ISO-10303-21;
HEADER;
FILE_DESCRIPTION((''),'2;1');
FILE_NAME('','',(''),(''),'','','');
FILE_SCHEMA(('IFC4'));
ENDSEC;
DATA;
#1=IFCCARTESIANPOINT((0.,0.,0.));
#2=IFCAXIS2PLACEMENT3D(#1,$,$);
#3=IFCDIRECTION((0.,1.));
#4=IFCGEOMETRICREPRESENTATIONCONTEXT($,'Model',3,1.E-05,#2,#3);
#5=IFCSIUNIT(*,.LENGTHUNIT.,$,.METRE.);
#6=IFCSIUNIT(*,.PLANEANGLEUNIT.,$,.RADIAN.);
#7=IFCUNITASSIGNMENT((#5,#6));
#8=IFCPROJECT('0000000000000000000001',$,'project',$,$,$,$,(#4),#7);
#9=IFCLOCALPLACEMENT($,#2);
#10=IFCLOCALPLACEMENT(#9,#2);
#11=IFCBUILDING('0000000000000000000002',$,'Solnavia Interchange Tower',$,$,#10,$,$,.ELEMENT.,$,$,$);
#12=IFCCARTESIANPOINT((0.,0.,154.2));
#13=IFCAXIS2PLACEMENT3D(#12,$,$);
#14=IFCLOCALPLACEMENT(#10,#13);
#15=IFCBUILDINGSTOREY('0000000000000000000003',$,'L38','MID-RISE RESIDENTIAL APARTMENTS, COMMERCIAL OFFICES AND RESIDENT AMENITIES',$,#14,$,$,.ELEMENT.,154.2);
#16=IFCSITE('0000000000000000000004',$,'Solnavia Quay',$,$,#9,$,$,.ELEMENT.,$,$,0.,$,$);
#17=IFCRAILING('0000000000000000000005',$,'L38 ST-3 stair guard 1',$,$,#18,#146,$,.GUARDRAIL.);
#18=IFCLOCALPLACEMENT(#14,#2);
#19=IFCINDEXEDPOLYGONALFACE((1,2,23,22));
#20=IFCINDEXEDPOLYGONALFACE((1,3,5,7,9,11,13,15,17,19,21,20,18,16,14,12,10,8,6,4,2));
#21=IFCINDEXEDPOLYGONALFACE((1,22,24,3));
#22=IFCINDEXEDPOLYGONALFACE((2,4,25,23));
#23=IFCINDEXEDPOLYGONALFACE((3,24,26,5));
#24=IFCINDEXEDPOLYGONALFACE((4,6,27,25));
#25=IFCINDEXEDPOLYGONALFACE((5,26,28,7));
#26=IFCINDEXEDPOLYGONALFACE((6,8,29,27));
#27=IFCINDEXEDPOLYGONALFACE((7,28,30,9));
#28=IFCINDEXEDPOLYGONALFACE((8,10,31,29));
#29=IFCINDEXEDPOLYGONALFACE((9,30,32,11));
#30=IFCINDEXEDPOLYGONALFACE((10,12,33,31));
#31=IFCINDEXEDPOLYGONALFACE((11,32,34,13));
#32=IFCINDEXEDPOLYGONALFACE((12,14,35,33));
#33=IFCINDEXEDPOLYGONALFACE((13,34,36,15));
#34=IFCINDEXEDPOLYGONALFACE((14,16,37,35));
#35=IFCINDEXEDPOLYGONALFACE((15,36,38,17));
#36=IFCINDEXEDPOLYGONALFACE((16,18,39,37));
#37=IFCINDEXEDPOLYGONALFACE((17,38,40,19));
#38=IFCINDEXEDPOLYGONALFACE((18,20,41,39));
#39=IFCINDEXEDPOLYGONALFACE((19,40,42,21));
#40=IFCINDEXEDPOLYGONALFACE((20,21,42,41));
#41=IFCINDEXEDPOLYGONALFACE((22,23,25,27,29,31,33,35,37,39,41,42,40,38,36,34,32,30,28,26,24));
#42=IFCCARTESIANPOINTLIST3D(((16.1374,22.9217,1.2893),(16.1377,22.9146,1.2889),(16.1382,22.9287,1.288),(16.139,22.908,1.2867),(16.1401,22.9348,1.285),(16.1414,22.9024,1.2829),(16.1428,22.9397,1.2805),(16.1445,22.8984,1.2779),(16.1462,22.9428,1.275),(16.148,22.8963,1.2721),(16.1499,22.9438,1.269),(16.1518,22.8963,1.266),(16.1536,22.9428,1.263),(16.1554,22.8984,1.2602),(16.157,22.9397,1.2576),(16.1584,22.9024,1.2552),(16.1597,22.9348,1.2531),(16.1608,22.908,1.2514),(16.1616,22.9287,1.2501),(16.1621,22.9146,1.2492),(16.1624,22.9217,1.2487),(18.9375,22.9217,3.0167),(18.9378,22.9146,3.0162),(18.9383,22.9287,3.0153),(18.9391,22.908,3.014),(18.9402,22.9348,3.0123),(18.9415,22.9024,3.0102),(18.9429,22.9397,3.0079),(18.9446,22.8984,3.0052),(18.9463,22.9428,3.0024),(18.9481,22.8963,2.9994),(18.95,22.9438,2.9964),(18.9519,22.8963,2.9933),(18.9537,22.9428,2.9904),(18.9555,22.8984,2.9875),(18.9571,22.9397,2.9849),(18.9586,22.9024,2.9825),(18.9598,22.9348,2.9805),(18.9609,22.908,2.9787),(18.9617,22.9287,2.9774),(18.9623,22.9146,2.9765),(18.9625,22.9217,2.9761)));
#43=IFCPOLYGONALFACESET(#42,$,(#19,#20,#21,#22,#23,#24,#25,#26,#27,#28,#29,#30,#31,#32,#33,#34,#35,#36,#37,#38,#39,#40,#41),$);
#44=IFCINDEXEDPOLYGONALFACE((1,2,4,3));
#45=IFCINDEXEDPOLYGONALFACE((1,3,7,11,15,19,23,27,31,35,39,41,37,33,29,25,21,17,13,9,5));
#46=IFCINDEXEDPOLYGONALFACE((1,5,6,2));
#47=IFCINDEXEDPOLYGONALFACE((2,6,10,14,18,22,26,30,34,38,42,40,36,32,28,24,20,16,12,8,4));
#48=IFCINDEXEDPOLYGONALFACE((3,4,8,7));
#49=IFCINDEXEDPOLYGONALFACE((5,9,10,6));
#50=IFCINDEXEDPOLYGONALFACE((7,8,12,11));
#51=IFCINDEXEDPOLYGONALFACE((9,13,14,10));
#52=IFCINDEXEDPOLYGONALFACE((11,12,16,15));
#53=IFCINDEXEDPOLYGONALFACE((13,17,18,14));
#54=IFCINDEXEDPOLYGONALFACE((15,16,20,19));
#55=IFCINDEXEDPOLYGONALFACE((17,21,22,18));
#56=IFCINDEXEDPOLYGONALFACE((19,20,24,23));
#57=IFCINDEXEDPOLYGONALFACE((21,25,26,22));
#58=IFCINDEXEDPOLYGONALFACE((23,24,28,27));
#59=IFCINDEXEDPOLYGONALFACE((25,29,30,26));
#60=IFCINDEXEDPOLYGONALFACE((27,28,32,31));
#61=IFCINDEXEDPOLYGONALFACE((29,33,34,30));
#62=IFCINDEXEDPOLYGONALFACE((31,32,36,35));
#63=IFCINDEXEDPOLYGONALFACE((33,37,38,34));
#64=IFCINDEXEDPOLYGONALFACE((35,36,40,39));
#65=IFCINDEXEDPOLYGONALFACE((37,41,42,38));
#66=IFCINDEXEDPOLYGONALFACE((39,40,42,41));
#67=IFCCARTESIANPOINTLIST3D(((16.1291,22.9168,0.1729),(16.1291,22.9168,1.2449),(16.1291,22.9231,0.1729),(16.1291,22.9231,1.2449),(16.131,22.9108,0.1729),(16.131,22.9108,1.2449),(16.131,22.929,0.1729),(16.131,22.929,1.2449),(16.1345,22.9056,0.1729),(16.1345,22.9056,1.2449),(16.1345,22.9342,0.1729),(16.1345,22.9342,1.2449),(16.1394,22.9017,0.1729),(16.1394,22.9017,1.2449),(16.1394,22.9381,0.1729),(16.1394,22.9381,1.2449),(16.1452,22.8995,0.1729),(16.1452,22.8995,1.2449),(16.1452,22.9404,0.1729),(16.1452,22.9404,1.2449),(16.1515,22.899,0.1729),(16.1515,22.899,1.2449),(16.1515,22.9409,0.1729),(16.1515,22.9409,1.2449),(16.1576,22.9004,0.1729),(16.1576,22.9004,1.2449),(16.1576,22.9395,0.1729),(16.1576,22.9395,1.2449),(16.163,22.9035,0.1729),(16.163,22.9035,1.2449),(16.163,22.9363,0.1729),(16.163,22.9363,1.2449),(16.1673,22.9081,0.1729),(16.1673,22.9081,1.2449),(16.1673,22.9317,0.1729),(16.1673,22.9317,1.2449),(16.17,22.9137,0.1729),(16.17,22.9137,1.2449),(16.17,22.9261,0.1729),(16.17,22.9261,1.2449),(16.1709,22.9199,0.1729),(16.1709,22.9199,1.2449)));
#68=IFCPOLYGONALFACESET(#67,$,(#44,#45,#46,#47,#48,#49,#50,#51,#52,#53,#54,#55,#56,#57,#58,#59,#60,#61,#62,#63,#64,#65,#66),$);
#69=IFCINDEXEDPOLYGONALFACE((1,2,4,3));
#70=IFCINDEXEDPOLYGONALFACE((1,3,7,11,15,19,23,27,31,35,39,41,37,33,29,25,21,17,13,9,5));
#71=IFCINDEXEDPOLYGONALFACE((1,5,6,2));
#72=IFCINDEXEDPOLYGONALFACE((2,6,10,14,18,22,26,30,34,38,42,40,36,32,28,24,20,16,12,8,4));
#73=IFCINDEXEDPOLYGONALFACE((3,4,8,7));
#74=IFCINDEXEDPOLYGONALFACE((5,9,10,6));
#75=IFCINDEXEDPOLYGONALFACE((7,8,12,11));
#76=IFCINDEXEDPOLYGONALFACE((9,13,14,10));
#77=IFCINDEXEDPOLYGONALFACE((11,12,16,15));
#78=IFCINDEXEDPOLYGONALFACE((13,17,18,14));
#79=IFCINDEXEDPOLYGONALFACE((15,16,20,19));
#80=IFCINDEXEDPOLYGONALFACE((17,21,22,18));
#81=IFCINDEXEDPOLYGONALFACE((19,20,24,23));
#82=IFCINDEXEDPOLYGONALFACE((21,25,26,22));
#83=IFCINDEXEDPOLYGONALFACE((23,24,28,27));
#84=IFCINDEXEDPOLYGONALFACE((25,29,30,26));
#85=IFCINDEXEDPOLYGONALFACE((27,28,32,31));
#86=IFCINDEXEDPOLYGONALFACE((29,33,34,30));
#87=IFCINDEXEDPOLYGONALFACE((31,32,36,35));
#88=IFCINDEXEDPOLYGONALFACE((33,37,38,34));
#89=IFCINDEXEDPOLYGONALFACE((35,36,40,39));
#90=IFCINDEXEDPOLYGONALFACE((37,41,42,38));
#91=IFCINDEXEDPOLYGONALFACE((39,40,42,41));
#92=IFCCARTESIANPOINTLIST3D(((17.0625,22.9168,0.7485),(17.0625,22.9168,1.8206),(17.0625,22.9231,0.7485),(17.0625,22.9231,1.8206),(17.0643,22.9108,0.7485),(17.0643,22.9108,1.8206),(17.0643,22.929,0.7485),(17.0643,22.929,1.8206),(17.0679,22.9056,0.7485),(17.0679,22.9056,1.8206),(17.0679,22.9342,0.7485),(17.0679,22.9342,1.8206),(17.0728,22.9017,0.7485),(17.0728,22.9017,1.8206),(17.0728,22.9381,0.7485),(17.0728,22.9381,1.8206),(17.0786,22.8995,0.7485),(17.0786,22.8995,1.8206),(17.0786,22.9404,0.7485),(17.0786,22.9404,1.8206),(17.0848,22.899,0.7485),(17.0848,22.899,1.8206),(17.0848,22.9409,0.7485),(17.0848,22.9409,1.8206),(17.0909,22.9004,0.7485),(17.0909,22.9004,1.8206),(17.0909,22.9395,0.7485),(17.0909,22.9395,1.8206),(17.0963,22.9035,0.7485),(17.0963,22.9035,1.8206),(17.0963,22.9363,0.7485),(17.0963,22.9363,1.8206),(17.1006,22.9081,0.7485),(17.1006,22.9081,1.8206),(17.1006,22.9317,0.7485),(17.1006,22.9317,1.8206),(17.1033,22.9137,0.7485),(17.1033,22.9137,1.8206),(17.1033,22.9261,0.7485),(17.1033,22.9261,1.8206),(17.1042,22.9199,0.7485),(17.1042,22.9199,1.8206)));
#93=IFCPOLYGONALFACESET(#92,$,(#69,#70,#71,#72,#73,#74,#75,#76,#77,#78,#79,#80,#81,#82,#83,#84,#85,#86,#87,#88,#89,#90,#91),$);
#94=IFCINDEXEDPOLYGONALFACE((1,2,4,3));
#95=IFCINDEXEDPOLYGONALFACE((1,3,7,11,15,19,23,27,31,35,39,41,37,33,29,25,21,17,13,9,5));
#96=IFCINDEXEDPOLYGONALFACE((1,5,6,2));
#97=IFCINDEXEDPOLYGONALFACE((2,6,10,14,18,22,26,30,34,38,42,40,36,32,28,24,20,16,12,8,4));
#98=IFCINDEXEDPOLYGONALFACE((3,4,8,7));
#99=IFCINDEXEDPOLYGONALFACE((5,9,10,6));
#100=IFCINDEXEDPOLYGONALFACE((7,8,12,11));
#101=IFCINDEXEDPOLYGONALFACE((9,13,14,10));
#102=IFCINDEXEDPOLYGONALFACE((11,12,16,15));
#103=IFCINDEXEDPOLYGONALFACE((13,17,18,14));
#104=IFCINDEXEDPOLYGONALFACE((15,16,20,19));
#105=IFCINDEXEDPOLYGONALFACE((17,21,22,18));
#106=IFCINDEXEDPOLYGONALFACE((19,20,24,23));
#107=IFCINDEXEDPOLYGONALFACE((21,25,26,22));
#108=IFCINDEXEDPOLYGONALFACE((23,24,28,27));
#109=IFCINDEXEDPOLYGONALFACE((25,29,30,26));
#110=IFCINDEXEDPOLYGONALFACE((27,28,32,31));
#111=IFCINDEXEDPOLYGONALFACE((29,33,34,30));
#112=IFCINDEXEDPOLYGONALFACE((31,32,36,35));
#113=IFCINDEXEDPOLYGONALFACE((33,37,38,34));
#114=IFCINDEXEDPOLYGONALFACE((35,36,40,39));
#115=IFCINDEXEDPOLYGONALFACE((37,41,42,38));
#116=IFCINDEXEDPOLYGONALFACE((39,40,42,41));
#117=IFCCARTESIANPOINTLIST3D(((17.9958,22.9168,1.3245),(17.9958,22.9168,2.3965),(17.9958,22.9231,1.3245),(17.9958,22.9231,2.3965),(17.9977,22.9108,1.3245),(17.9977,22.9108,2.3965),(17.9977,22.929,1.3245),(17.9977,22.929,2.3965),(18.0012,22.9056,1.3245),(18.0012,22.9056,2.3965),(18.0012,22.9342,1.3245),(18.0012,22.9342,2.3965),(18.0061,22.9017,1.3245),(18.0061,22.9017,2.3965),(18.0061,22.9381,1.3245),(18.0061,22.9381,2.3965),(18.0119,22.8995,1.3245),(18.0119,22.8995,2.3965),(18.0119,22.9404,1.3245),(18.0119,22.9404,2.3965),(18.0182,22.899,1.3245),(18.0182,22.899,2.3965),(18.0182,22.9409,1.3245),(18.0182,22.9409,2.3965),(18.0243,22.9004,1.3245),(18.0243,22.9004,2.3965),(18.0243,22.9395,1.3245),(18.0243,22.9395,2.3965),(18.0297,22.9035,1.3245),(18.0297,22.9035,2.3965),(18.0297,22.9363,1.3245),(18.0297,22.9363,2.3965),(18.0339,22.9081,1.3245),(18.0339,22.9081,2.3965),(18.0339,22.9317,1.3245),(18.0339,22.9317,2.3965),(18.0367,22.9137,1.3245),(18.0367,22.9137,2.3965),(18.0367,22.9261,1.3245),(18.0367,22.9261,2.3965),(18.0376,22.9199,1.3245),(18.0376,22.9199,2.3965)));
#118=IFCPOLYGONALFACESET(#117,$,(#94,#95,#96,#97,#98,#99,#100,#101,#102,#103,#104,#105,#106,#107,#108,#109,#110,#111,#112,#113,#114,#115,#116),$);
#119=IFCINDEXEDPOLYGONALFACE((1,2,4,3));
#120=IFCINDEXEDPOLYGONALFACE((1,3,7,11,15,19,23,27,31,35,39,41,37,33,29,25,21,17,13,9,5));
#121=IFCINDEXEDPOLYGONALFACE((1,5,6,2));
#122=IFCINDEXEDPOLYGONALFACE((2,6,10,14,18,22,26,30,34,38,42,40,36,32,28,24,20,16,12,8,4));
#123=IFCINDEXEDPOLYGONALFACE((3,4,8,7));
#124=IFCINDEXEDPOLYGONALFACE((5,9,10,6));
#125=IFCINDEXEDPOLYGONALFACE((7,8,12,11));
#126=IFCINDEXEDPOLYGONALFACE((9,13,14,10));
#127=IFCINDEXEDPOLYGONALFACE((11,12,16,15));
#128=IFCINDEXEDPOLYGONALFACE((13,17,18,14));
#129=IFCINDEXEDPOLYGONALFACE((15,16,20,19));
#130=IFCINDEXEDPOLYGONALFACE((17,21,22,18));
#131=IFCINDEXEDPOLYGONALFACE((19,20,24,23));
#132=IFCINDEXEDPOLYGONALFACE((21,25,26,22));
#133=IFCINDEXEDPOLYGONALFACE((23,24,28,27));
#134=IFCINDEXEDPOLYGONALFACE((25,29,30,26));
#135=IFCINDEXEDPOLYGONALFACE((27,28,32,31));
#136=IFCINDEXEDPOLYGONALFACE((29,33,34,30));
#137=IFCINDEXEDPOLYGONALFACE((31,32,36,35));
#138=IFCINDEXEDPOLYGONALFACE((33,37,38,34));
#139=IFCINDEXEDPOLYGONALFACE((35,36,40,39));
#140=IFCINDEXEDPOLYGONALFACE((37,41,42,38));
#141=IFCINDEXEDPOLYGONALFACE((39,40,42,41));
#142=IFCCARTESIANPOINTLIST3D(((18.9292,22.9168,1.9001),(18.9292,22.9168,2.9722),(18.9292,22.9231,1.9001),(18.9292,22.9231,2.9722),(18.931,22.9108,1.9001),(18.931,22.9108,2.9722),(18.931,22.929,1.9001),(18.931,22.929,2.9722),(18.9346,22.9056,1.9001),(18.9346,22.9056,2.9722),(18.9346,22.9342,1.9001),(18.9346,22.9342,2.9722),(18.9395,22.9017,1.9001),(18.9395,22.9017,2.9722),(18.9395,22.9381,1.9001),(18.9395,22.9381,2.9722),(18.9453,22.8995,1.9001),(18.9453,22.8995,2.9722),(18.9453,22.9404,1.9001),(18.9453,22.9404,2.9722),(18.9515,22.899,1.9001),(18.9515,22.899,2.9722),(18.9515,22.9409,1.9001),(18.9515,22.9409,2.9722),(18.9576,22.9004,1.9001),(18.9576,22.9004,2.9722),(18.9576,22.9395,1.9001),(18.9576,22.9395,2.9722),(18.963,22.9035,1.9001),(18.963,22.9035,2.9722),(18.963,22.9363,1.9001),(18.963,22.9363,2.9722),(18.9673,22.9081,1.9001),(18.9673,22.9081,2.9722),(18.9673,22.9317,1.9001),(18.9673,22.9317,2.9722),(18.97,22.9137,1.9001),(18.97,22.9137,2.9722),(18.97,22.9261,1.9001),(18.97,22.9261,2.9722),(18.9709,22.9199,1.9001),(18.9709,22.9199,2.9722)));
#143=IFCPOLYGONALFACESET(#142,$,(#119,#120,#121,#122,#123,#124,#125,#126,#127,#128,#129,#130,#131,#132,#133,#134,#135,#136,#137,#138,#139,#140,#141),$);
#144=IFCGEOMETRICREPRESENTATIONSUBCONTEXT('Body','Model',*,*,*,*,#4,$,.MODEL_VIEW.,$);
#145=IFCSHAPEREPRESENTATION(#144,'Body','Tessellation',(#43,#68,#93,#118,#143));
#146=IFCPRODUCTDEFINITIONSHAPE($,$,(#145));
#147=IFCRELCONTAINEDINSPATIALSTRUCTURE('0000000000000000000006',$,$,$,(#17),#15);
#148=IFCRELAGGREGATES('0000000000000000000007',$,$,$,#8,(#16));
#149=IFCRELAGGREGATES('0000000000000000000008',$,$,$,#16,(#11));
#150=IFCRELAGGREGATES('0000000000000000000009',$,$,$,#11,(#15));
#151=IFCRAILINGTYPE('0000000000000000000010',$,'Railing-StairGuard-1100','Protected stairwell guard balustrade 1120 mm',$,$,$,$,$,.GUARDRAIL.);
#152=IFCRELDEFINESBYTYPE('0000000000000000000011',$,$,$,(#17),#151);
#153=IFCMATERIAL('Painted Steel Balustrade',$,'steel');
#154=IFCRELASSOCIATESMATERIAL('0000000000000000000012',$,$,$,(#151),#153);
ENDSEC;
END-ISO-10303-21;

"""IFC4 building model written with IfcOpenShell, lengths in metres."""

from ifc_helpers import new_model, si_unit, direction, frame, origin, origin_2d, place, context, subcontext, project, spatial, circle, extrude, material, type_object, element, save


model = new_model("IFC4")

# Units and contexts
model_context = context("Model", 3, precision=1e-05, world=origin(), true_north=direction((0.0, 1.0)))
body_context = subcontext(model_context, "Body", "Model", "MODEL_VIEW")
ifc_project = project(units=[si_unit("LENGTHUNIT", "METRE"), si_unit("PLANEANGLEUNIT", "RADIAN")], contexts=[model_context])

# Site, building, storey
site_placement = place(None, origin())
site = spatial("IfcSite", under=ifc_project, at=site_placement, Name="Solnavia Quay", CompositionType="ELEMENT", RefElevation=0.0)
building_placement = place(site_placement, origin())
building = spatial("IfcBuilding", under=site, at=building_placement, Name="Solnavia Interchange Tower", CompositionType="ELEMENT")
storey_placement = place(building_placement, frame((0.0, 0.0, 154.2)))
storey = spatial("IfcBuildingStorey", under=building, at=storey_placement, Name="L38", Description="MID-RISE RESIDENTIAL APARTMENTS, COMMERCIAL OFFICES AND RESIDENT AMENITIES", CompositionType="ELEMENT", Elevation=154.2)

# Railing
ifc_material_1 = material(Name="Painted Steel Balustrade", Category="steel")
railing_type_1 = type_object("IfcRailingType", Name="Railing-StairGuard-1100", Description="Protected stairwell guard balustrade 1120 mm", PredefinedType="GUARDRAIL", material=ifc_material_1)
railing_1_placement = place(storey_placement, frame((16.1499, 22.9199, 0.1729)))
element("IfcRailing", 1, at=railing_1_placement, inside=storey, type_object=railing_type_1, Name="L38 ST-3 stair guard 1", PredefinedType="GUARDRAIL", context=body_context, shape_type="SweptSolid", body=[
    extrude(circle(Radius=0.0239, at=origin_2d()), frame((0.0, 0.0, 1.0962), z_axis=(0.85109, 0.0, 0.52502), x_axis=(0.0, 1.0, 0.0)), (0.0, 0.0, 1.0), 3.29),
    extrude(circle(Radius=0.021, at=origin_2d()), origin(), (0.0, 0.0, 1.0), 1.072),
    extrude(circle(Radius=0.021, at=origin_2d()), frame((0.9333, 0.0, 0.5757)), (0.0, 0.0, 1.0), 1.072),
    extrude(circle(Radius=0.021, at=origin_2d()), frame((1.8667, 0.0, 1.1516)), (0.0, 0.0, 1.0), 1.072),
    extrude(circle(Radius=0.021, at=origin_2d()), frame((2.8, 0.0, 1.7273)), (0.0, 0.0, 1.0), 1.072),
])

save(model, "model.ifc")
